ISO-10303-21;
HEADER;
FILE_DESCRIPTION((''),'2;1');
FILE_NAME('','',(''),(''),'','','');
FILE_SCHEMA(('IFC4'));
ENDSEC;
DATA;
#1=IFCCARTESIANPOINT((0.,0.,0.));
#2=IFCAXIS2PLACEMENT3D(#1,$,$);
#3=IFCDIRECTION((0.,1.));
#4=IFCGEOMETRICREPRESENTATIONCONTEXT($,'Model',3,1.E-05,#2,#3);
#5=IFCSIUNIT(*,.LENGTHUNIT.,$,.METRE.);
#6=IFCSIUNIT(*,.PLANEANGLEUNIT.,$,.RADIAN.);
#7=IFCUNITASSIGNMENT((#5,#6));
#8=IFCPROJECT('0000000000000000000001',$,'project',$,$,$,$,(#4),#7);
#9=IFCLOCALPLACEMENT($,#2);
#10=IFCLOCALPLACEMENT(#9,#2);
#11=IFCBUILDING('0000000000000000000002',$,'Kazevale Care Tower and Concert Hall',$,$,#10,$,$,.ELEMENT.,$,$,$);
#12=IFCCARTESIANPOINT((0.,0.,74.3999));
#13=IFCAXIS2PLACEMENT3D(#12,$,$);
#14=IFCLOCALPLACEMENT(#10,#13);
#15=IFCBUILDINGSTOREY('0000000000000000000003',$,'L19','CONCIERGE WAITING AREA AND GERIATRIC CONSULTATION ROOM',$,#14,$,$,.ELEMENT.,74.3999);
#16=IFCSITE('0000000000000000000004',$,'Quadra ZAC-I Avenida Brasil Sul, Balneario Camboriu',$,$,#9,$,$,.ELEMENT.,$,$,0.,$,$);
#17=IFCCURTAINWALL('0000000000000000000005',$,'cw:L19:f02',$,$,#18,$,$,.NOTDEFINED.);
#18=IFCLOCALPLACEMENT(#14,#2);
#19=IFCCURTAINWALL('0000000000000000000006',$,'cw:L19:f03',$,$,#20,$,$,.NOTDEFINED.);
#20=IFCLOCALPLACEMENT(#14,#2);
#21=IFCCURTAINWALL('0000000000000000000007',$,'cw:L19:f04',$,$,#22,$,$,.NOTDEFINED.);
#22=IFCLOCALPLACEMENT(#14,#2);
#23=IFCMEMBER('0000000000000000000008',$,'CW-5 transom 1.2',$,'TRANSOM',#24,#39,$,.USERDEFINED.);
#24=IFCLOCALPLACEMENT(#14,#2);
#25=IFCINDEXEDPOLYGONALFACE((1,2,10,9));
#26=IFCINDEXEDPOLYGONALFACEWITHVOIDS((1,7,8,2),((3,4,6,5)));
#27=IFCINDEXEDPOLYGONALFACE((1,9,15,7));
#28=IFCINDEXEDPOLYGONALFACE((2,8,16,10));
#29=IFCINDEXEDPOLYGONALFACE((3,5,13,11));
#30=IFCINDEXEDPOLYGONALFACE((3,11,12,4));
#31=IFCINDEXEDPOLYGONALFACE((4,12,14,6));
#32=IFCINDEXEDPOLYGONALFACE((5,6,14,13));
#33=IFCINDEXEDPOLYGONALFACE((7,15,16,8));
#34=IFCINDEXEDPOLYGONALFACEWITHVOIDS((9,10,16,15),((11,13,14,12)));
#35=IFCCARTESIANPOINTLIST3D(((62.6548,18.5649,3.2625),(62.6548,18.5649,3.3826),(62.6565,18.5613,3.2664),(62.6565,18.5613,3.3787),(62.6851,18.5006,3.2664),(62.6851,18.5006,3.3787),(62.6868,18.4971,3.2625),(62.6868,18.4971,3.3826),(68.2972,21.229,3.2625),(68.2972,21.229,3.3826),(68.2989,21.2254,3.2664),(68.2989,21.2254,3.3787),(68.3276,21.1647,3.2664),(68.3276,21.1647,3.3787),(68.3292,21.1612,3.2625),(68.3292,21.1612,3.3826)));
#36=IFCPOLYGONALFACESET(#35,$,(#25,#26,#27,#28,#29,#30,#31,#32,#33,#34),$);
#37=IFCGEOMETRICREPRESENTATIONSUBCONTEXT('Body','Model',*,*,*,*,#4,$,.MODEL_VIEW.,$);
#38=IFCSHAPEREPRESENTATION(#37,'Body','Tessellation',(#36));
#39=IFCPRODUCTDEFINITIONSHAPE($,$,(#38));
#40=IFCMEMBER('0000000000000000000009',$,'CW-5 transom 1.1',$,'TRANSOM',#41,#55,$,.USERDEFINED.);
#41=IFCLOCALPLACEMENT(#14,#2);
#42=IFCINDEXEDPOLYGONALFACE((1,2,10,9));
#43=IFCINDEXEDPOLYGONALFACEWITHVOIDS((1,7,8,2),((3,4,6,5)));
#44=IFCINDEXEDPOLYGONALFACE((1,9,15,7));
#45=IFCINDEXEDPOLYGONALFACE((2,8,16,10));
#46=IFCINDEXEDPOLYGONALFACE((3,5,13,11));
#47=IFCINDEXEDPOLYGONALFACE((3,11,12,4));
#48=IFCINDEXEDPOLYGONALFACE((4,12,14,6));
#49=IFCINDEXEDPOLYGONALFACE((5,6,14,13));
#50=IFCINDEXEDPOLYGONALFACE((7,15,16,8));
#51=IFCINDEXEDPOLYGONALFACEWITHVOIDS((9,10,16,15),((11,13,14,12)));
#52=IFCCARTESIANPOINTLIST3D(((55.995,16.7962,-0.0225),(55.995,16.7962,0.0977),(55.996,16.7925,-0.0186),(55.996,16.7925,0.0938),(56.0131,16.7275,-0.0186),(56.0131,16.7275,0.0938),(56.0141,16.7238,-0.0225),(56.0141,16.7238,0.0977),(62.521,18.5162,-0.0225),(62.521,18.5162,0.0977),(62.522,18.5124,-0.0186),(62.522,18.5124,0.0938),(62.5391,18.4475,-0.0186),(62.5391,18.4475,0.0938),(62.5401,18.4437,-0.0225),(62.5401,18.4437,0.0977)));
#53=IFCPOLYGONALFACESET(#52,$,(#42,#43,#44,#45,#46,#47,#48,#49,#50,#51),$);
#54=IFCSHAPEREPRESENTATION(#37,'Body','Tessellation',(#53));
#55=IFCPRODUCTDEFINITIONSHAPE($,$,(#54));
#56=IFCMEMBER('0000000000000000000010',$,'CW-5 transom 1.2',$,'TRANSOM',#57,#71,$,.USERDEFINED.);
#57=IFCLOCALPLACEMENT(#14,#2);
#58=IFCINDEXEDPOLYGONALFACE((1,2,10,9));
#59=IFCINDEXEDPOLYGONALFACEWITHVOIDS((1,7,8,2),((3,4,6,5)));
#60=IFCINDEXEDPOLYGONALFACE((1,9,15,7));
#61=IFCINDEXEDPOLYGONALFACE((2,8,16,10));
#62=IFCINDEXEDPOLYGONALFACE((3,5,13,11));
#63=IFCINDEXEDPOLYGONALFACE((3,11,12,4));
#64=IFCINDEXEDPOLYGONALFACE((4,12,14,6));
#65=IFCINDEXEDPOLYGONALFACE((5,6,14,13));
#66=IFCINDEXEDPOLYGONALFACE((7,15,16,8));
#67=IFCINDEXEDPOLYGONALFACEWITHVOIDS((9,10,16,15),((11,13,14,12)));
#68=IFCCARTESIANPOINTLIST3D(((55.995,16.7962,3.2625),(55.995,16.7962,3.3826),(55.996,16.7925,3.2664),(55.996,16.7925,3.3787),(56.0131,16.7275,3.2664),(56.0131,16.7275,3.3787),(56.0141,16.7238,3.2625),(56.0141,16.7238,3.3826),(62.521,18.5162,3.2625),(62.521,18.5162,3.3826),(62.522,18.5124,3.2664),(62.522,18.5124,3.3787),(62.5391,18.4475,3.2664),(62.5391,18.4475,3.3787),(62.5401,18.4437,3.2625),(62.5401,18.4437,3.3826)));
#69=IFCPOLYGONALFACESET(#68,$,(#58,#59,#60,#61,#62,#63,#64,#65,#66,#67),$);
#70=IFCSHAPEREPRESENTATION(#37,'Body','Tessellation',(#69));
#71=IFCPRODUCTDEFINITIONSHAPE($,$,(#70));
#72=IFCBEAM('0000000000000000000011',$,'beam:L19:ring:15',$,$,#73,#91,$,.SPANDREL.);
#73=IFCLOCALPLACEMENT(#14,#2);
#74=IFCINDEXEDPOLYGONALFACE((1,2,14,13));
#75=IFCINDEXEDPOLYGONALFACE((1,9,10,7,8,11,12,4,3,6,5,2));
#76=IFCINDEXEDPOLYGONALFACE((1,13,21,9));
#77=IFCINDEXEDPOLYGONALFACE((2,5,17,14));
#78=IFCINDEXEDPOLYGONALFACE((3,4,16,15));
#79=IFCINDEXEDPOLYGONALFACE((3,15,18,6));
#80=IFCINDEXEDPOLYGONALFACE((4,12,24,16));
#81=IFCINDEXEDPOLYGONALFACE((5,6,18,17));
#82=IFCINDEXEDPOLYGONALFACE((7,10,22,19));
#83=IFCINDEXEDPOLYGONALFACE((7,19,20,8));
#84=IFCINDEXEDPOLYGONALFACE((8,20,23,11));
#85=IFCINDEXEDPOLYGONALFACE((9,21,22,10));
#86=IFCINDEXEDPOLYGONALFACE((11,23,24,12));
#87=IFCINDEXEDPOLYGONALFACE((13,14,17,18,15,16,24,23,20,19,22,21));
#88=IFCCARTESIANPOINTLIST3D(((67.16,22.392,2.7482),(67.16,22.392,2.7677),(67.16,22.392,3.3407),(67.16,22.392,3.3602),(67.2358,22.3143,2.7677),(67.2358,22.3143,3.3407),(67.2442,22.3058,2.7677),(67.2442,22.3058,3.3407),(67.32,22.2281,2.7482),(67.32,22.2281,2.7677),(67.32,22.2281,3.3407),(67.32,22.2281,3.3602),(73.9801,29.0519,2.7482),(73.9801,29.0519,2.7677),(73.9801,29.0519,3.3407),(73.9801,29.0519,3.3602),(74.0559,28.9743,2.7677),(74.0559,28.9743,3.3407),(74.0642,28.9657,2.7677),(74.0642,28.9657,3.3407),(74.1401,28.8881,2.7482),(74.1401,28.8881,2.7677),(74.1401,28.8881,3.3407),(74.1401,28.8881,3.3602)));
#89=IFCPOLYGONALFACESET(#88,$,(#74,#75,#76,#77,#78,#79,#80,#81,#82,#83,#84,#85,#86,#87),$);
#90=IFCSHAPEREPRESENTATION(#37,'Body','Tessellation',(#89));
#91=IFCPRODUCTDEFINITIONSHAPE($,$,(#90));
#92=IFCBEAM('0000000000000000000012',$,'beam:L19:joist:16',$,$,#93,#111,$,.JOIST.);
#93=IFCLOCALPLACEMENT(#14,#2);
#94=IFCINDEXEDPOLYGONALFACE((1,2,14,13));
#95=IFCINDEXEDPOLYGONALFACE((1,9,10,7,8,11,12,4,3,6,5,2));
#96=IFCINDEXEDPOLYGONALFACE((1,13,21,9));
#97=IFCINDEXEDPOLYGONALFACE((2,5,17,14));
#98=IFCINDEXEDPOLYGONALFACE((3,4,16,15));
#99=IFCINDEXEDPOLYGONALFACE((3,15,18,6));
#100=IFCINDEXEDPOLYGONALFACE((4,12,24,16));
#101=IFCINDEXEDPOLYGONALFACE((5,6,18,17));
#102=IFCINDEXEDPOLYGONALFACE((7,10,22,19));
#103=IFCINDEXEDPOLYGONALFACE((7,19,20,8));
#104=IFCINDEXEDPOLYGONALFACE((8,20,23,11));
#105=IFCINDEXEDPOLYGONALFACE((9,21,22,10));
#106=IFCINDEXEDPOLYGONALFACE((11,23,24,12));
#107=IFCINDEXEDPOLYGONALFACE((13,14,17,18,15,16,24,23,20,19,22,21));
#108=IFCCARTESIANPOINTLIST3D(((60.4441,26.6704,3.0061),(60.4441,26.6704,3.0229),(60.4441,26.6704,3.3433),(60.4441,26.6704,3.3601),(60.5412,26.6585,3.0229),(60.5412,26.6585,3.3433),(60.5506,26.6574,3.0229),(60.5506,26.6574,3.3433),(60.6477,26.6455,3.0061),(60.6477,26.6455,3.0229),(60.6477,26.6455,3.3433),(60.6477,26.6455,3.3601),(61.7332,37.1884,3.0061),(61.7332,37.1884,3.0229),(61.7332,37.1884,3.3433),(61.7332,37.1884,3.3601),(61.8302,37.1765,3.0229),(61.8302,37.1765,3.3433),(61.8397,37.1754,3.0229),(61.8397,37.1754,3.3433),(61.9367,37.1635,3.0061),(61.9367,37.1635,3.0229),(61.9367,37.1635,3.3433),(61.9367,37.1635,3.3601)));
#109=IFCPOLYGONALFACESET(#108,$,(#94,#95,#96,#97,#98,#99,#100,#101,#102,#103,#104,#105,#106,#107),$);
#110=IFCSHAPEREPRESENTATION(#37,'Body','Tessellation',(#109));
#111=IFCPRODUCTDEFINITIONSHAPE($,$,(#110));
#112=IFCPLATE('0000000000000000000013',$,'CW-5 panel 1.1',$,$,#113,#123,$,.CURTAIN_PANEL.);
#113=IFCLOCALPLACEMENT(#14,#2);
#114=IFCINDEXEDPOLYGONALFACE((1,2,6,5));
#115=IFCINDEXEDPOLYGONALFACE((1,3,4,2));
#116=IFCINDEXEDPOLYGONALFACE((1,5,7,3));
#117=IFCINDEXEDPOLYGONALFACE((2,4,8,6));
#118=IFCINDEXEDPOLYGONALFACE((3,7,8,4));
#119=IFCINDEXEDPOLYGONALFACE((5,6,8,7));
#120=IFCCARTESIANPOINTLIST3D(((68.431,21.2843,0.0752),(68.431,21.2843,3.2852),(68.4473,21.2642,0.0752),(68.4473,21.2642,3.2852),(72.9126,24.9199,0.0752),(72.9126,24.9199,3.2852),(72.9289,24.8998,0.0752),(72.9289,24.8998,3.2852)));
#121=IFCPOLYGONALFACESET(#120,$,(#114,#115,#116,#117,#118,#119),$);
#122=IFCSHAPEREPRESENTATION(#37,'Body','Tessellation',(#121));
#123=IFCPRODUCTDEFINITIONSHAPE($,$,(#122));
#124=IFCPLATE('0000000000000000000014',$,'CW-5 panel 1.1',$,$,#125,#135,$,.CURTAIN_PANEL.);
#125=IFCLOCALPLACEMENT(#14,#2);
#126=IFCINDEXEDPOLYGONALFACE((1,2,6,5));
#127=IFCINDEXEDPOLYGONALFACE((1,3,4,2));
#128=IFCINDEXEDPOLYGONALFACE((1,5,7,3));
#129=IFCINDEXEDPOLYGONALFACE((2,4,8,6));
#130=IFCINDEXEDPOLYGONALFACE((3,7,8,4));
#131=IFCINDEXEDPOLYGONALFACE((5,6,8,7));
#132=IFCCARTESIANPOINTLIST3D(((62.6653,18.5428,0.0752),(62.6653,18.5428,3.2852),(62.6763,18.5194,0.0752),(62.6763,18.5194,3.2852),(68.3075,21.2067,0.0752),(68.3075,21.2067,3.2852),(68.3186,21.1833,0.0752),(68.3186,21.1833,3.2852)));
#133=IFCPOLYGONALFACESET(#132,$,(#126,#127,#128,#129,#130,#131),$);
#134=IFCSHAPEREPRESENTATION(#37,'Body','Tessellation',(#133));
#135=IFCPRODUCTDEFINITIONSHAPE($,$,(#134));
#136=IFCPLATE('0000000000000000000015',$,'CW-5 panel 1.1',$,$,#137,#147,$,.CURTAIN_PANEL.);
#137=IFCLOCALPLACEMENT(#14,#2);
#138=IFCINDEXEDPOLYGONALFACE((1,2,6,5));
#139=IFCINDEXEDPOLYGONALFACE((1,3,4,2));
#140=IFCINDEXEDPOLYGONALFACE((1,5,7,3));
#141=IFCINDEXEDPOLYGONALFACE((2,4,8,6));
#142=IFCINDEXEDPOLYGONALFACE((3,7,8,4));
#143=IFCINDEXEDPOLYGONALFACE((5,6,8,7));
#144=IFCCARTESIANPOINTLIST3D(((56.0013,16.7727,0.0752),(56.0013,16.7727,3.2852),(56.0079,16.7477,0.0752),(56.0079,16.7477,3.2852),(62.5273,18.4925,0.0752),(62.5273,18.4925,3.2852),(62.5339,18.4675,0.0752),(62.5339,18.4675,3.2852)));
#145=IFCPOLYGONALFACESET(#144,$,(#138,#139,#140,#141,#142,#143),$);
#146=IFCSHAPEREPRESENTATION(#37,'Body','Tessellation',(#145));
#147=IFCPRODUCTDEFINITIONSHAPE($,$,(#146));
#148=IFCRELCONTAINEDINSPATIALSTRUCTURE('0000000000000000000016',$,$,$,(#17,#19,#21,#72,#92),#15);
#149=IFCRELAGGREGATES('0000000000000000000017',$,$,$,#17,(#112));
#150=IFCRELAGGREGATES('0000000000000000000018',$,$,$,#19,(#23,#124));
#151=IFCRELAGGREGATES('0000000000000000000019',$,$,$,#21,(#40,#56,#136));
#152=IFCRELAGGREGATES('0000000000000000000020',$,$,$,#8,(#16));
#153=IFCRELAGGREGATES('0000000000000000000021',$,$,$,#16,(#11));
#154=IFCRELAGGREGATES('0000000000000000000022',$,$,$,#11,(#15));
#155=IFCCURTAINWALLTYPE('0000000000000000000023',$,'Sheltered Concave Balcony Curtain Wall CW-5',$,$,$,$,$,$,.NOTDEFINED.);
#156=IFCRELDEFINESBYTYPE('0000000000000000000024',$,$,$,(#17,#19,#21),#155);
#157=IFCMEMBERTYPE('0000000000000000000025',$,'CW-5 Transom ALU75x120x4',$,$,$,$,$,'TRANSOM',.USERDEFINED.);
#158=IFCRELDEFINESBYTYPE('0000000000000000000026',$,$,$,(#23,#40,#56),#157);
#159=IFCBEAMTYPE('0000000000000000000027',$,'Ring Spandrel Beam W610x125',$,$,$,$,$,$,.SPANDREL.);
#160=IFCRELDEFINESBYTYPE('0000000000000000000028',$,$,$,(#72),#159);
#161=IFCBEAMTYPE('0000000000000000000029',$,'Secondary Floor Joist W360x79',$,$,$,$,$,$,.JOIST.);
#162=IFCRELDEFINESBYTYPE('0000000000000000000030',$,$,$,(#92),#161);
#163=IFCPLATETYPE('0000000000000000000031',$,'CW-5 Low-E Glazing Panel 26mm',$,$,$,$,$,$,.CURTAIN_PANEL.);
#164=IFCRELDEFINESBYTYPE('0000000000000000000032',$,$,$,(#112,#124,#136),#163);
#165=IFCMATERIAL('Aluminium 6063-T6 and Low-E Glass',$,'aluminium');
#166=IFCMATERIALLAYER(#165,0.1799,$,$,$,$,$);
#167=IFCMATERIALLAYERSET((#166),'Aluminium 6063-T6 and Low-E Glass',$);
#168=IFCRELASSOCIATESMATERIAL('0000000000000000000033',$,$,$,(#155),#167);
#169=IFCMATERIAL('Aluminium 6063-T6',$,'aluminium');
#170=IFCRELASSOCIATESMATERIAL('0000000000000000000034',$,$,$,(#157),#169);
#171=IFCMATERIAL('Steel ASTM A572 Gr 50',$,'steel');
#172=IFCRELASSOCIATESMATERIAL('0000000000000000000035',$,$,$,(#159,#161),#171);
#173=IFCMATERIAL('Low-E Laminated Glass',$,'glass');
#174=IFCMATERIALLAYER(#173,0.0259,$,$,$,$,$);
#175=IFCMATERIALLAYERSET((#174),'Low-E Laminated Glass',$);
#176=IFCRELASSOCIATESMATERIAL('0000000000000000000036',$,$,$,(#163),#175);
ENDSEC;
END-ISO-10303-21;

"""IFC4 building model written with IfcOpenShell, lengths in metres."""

from ifc_helpers import new_model, si_unit, direction, frame, origin, origin_2d, place, context, subcontext, project, spatial, rectangle, hollow_rectangle, i_section, extrude, material, layer, layer_set, material_profile, profile_set, type_object, element, aggregate, save


model = new_model("IFC4")

# Units and contexts
model_context = context("Model", 3, precision=1e-05, world=origin(), true_north=direction((0.0, 1.0)))
body_context = subcontext(model_context, "Body", "Model", "MODEL_VIEW")
ifc_project = project(units=[si_unit("LENGTHUNIT", "METRE"), si_unit("PLANEANGLEUNIT", "RADIAN")], contexts=[model_context])

# Site, building, storey
site_placement = place(None, origin())
site = spatial("IfcSite", under=ifc_project, at=site_placement, Name="Quadra ZAC-I Avenida Brasil Sul, Balneario Camboriu", CompositionType="ELEMENT", RefElevation=0.0)
building_placement = place(site_placement, origin())
building = spatial("IfcBuilding", under=site, at=building_placement, Name="Kazevale Care Tower and Concert Hall", CompositionType="ELEMENT")
storey_placement = place(building_placement, frame((0.0, 0.0, 74.3999)))
storey = spatial("IfcBuildingStorey", under=building, at=storey_placement, Name="L19", Description="CONCIERGE WAITING AREA AND GERIATRIC CONSULTATION ROOM", CompositionType="ELEMENT", Elevation=74.3999)

# Curtain walls
ifc_material_1 = material(Name="Aluminium 6063-T6 and Low-E Glass", Category="aluminium")
ifc_layer_1 = layer(ifc_material_1, 0.1799)
ifc_layer_set_1 = layer_set([ifc_layer_1], Name="Aluminium 6063-T6 and Low-E Glass")
curtain_wall_type = type_object("IfcCurtainWallType", Name="Sheltered Concave Balcony Curtain Wall CW-5", PredefinedType="NOTDEFINED", material=ifc_layer_set_1)
curtain_wall_1_placement = place(storey_placement, origin())
curtain_wall_1 = element("IfcCurtainWall", 1, at=curtain_wall_1_placement, inside=storey, type_object=curtain_wall_type, Name="cw:L19:f02", PredefinedType="NOTDEFINED")
ifc_material_2 = material(Name="Aluminium 6063-T6", Category="aluminium")
curtain_wall_2_placement = place(storey_placement, origin())
curtain_wall_2 = element("IfcCurtainWall", 2, at=curtain_wall_2_placement, inside=storey, type_object=curtain_wall_type, Name="cw:L19:f03", PredefinedType="NOTDEFINED")

# Curtain wall
curtain_wall_3_placement = place(storey_placement, origin())
curtain_wall_3 = element("IfcCurtainWall", 3, at=curtain_wall_3_placement, inside=storey, type_object=curtain_wall_type, Name="cw:L19:f04", PredefinedType="NOTDEFINED")

# Members
ifc_material_profile_1 = material_profile(ifc_material_2, hollow_rectangle(XDim=0.075, YDim=0.1201, WallThickness=0.0039, at=origin_2d()), Name="ALU75x120x4")
ifc_profile_set_1 = profile_set([ifc_material_profile_1], Name="Aluminium 6063-T6")
member_type_1 = type_object("IfcMemberType", Name="CW-5 Transom ALU75x120x4", ElementType="TRANSOM", PredefinedType="USERDEFINED", material=ifc_profile_set_1)
member_1_placement = place(storey_placement, frame((68.3132, 21.1951, 3.3225), z_axis=(-0.904272, -0.426957, 0.0), x_axis=(0.426957, -0.904272, 0.0)))
member_1 = element("IfcMember", 4, at=member_1_placement, type_object=member_type_1, Name="CW-5 transom 1.2", ObjectType="TRANSOM", PredefinedType="USERDEFINED", context=body_context, shape_type="SweptSolid", body=[
    extrude(hollow_rectangle(XDim=0.075, YDim=0.1201, WallThickness=0.0039, at=origin_2d()), origin(), (0.0, 0.0, 1.0), 6.2397),
])
member_2_placement = place(storey_placement, frame((62.5305, 18.48, 0.0376), z_axis=(-0.966978, -0.254858, 0.0), x_axis=(0.254858, -0.966978, 0.0)))
member_2 = element("IfcMember", 5, at=member_2_placement, type_object=member_type_1, Name="CW-5 transom 1.1", ObjectType="TRANSOM", PredefinedType="USERDEFINED", context=body_context, shape_type="SweptSolid", body=[
    extrude(hollow_rectangle(XDim=0.075, YDim=0.1201, WallThickness=0.0039, at=origin_2d()), origin(), (0.0, 0.0, 1.0), 6.7488),
])
member_3_placement = place(storey_placement, frame((62.5305, 18.48, 3.3225), z_axis=(-0.966978, -0.254858, 0.0), x_axis=(0.254858, -0.966978, 0.0)))
member_3 = element("IfcMember", 6, at=member_3_placement, type_object=member_type_1, Name="CW-5 transom 1.2", ObjectType="TRANSOM", PredefinedType="USERDEFINED", context=body_context, shape_type="SweptSolid", body=[
    extrude(hollow_rectangle(XDim=0.075, YDim=0.1201, WallThickness=0.0039, at=origin_2d()), origin(), (0.0, 0.0, 1.0), 6.7488),
])

# Beams
ifc_material_3 = material(Name="Steel ASTM A572 Gr 50", Category="steel")
ifc_material_profile_2 = material_profile(ifc_material_3, i_section(OverallWidth=0.229, OverallDepth=0.6121, WebThickness=0.012, FlangeThickness=0.0195, at=origin_2d()), Name="W610x125")
ifc_profile_set_2 = profile_set([ifc_material_profile_2], Name="Steel ASTM A572 Gr 50")
beam_type_1 = type_object("IfcBeamType", Name="Ring Spandrel Beam W610x125", PredefinedType="SPANDREL", material=ifc_profile_set_2)
beam_1_placement = place(storey_placement, frame((67.24, 22.3101, 3.0542), z_axis=(0.715457, 0.698656, 0.0), x_axis=(-0.698656, 0.715457, 0.0)))
element("IfcBeam", 7, at=beam_1_placement, inside=storey, type_object=beam_type_1, Name="beam:L19:ring:15", PredefinedType="SPANDREL", context=body_context, shape_type="SweptSolid", body=[
    extrude(i_section(OverallWidth=0.229, OverallDepth=0.6121, WebThickness=0.012, FlangeThickness=0.0195, at=origin_2d()), origin(), (0.0, 0.0, 1.0), 9.5325),
])
ifc_material_profile_3 = material_profile(ifc_material_3, i_section(OverallWidth=0.2051, OverallDepth=0.354, WebThickness=0.0095, FlangeThickness=0.0168, at=origin_2d()), Name="W360x79")
ifc_profile_set_3 = profile_set([ifc_material_profile_3], Name="Steel ASTM A572 Gr 50")
beam_type_2 = type_object("IfcBeamType", Name="Secondary Floor Joist W360x79", PredefinedType="JOIST", material=ifc_profile_set_3)
beam_2_placement = place(storey_placement, frame((60.5459, 26.658, 3.1831), z_axis=(0.121647, 0.992573, 0.0), x_axis=(-0.992573, 0.121647, 0.0)))
element("IfcBeam", 8, at=beam_2_placement, inside=storey, type_object=beam_type_2, Name="beam:L19:joist:16", PredefinedType="JOIST", context=body_context, shape_type="SweptSolid", body=[
    extrude(i_section(OverallWidth=0.2051, OverallDepth=0.354, WebThickness=0.0095, FlangeThickness=0.0168, at=origin_2d()), origin(), (0.0, 0.0, 1.0), 10.5967),
])

# Plates
ifc_material_4 = material(Name="Low-E Laminated Glass", Category="glass")
ifc_layer_2 = layer(ifc_material_4, 0.0259)
ifc_layer_set_2 = layer_set([ifc_layer_2], Name="Low-E Laminated Glass")
plate_type = type_object("IfcPlateType", Name="CW-5 Low-E Glazing Panel 26mm", PredefinedType="CURTAIN_PANEL", material=ifc_layer_set_2)
plate_1_placement = place(storey_placement, frame((70.6799, 23.092, 0.0752), z_axis=(0.0, 0.0, 1.0), x_axis=(-0.776599, -0.629995, 0.0)))
plate_1 = element("IfcPlate", 9, at=plate_1_placement, type_object=plate_type, Name="CW-5 panel 1.1", PredefinedType="CURTAIN_PANEL", context=body_context, shape_type="SweptSolid", body=[
    extrude(rectangle(XDim=5.7708, YDim=0.0259, at=origin_2d()), origin(), (0.0, 0.0, 1.0), 3.21),
])
aggregate(curtain_wall_1, [plate_1])
plate_2_placement = place(storey_placement, frame((65.4919, 19.863, 0.0752), z_axis=(0.0, 0.0, 1.0), x_axis=(-0.904279, -0.426942, 0.0)))
plate_2 = element("IfcPlate", 10, at=plate_2_placement, type_object=plate_type, Name="CW-5 panel 1.1", PredefinedType="CURTAIN_PANEL", context=body_context, shape_type="SweptSolid", body=[
    extrude(rectangle(XDim=6.2395, YDim=0.0259, at=origin_2d()), origin(), (0.0, 0.0, 1.0), 3.21),
])
aggregate(curtain_wall_2, [member_1, plate_2])
plate_3_placement = place(storey_placement, frame((59.2676, 17.6201, 0.0752), z_axis=(0.0, 0.0, 1.0), x_axis=(-0.966986, -0.254829, 0.0)))
plate_3 = element("IfcPlate", 11, at=plate_3_placement, type_object=plate_type, Name="CW-5 panel 1.1", PredefinedType="CURTAIN_PANEL", context=body_context, shape_type="SweptSolid", body=[
    extrude(rectangle(XDim=6.7488, YDim=0.0259, at=origin_2d()), origin(), (0.0, 0.0, 1.0), 3.21),
])
aggregate(curtain_wall_3, [member_2, member_3, plate_3])

save(model, "model.ifc")
